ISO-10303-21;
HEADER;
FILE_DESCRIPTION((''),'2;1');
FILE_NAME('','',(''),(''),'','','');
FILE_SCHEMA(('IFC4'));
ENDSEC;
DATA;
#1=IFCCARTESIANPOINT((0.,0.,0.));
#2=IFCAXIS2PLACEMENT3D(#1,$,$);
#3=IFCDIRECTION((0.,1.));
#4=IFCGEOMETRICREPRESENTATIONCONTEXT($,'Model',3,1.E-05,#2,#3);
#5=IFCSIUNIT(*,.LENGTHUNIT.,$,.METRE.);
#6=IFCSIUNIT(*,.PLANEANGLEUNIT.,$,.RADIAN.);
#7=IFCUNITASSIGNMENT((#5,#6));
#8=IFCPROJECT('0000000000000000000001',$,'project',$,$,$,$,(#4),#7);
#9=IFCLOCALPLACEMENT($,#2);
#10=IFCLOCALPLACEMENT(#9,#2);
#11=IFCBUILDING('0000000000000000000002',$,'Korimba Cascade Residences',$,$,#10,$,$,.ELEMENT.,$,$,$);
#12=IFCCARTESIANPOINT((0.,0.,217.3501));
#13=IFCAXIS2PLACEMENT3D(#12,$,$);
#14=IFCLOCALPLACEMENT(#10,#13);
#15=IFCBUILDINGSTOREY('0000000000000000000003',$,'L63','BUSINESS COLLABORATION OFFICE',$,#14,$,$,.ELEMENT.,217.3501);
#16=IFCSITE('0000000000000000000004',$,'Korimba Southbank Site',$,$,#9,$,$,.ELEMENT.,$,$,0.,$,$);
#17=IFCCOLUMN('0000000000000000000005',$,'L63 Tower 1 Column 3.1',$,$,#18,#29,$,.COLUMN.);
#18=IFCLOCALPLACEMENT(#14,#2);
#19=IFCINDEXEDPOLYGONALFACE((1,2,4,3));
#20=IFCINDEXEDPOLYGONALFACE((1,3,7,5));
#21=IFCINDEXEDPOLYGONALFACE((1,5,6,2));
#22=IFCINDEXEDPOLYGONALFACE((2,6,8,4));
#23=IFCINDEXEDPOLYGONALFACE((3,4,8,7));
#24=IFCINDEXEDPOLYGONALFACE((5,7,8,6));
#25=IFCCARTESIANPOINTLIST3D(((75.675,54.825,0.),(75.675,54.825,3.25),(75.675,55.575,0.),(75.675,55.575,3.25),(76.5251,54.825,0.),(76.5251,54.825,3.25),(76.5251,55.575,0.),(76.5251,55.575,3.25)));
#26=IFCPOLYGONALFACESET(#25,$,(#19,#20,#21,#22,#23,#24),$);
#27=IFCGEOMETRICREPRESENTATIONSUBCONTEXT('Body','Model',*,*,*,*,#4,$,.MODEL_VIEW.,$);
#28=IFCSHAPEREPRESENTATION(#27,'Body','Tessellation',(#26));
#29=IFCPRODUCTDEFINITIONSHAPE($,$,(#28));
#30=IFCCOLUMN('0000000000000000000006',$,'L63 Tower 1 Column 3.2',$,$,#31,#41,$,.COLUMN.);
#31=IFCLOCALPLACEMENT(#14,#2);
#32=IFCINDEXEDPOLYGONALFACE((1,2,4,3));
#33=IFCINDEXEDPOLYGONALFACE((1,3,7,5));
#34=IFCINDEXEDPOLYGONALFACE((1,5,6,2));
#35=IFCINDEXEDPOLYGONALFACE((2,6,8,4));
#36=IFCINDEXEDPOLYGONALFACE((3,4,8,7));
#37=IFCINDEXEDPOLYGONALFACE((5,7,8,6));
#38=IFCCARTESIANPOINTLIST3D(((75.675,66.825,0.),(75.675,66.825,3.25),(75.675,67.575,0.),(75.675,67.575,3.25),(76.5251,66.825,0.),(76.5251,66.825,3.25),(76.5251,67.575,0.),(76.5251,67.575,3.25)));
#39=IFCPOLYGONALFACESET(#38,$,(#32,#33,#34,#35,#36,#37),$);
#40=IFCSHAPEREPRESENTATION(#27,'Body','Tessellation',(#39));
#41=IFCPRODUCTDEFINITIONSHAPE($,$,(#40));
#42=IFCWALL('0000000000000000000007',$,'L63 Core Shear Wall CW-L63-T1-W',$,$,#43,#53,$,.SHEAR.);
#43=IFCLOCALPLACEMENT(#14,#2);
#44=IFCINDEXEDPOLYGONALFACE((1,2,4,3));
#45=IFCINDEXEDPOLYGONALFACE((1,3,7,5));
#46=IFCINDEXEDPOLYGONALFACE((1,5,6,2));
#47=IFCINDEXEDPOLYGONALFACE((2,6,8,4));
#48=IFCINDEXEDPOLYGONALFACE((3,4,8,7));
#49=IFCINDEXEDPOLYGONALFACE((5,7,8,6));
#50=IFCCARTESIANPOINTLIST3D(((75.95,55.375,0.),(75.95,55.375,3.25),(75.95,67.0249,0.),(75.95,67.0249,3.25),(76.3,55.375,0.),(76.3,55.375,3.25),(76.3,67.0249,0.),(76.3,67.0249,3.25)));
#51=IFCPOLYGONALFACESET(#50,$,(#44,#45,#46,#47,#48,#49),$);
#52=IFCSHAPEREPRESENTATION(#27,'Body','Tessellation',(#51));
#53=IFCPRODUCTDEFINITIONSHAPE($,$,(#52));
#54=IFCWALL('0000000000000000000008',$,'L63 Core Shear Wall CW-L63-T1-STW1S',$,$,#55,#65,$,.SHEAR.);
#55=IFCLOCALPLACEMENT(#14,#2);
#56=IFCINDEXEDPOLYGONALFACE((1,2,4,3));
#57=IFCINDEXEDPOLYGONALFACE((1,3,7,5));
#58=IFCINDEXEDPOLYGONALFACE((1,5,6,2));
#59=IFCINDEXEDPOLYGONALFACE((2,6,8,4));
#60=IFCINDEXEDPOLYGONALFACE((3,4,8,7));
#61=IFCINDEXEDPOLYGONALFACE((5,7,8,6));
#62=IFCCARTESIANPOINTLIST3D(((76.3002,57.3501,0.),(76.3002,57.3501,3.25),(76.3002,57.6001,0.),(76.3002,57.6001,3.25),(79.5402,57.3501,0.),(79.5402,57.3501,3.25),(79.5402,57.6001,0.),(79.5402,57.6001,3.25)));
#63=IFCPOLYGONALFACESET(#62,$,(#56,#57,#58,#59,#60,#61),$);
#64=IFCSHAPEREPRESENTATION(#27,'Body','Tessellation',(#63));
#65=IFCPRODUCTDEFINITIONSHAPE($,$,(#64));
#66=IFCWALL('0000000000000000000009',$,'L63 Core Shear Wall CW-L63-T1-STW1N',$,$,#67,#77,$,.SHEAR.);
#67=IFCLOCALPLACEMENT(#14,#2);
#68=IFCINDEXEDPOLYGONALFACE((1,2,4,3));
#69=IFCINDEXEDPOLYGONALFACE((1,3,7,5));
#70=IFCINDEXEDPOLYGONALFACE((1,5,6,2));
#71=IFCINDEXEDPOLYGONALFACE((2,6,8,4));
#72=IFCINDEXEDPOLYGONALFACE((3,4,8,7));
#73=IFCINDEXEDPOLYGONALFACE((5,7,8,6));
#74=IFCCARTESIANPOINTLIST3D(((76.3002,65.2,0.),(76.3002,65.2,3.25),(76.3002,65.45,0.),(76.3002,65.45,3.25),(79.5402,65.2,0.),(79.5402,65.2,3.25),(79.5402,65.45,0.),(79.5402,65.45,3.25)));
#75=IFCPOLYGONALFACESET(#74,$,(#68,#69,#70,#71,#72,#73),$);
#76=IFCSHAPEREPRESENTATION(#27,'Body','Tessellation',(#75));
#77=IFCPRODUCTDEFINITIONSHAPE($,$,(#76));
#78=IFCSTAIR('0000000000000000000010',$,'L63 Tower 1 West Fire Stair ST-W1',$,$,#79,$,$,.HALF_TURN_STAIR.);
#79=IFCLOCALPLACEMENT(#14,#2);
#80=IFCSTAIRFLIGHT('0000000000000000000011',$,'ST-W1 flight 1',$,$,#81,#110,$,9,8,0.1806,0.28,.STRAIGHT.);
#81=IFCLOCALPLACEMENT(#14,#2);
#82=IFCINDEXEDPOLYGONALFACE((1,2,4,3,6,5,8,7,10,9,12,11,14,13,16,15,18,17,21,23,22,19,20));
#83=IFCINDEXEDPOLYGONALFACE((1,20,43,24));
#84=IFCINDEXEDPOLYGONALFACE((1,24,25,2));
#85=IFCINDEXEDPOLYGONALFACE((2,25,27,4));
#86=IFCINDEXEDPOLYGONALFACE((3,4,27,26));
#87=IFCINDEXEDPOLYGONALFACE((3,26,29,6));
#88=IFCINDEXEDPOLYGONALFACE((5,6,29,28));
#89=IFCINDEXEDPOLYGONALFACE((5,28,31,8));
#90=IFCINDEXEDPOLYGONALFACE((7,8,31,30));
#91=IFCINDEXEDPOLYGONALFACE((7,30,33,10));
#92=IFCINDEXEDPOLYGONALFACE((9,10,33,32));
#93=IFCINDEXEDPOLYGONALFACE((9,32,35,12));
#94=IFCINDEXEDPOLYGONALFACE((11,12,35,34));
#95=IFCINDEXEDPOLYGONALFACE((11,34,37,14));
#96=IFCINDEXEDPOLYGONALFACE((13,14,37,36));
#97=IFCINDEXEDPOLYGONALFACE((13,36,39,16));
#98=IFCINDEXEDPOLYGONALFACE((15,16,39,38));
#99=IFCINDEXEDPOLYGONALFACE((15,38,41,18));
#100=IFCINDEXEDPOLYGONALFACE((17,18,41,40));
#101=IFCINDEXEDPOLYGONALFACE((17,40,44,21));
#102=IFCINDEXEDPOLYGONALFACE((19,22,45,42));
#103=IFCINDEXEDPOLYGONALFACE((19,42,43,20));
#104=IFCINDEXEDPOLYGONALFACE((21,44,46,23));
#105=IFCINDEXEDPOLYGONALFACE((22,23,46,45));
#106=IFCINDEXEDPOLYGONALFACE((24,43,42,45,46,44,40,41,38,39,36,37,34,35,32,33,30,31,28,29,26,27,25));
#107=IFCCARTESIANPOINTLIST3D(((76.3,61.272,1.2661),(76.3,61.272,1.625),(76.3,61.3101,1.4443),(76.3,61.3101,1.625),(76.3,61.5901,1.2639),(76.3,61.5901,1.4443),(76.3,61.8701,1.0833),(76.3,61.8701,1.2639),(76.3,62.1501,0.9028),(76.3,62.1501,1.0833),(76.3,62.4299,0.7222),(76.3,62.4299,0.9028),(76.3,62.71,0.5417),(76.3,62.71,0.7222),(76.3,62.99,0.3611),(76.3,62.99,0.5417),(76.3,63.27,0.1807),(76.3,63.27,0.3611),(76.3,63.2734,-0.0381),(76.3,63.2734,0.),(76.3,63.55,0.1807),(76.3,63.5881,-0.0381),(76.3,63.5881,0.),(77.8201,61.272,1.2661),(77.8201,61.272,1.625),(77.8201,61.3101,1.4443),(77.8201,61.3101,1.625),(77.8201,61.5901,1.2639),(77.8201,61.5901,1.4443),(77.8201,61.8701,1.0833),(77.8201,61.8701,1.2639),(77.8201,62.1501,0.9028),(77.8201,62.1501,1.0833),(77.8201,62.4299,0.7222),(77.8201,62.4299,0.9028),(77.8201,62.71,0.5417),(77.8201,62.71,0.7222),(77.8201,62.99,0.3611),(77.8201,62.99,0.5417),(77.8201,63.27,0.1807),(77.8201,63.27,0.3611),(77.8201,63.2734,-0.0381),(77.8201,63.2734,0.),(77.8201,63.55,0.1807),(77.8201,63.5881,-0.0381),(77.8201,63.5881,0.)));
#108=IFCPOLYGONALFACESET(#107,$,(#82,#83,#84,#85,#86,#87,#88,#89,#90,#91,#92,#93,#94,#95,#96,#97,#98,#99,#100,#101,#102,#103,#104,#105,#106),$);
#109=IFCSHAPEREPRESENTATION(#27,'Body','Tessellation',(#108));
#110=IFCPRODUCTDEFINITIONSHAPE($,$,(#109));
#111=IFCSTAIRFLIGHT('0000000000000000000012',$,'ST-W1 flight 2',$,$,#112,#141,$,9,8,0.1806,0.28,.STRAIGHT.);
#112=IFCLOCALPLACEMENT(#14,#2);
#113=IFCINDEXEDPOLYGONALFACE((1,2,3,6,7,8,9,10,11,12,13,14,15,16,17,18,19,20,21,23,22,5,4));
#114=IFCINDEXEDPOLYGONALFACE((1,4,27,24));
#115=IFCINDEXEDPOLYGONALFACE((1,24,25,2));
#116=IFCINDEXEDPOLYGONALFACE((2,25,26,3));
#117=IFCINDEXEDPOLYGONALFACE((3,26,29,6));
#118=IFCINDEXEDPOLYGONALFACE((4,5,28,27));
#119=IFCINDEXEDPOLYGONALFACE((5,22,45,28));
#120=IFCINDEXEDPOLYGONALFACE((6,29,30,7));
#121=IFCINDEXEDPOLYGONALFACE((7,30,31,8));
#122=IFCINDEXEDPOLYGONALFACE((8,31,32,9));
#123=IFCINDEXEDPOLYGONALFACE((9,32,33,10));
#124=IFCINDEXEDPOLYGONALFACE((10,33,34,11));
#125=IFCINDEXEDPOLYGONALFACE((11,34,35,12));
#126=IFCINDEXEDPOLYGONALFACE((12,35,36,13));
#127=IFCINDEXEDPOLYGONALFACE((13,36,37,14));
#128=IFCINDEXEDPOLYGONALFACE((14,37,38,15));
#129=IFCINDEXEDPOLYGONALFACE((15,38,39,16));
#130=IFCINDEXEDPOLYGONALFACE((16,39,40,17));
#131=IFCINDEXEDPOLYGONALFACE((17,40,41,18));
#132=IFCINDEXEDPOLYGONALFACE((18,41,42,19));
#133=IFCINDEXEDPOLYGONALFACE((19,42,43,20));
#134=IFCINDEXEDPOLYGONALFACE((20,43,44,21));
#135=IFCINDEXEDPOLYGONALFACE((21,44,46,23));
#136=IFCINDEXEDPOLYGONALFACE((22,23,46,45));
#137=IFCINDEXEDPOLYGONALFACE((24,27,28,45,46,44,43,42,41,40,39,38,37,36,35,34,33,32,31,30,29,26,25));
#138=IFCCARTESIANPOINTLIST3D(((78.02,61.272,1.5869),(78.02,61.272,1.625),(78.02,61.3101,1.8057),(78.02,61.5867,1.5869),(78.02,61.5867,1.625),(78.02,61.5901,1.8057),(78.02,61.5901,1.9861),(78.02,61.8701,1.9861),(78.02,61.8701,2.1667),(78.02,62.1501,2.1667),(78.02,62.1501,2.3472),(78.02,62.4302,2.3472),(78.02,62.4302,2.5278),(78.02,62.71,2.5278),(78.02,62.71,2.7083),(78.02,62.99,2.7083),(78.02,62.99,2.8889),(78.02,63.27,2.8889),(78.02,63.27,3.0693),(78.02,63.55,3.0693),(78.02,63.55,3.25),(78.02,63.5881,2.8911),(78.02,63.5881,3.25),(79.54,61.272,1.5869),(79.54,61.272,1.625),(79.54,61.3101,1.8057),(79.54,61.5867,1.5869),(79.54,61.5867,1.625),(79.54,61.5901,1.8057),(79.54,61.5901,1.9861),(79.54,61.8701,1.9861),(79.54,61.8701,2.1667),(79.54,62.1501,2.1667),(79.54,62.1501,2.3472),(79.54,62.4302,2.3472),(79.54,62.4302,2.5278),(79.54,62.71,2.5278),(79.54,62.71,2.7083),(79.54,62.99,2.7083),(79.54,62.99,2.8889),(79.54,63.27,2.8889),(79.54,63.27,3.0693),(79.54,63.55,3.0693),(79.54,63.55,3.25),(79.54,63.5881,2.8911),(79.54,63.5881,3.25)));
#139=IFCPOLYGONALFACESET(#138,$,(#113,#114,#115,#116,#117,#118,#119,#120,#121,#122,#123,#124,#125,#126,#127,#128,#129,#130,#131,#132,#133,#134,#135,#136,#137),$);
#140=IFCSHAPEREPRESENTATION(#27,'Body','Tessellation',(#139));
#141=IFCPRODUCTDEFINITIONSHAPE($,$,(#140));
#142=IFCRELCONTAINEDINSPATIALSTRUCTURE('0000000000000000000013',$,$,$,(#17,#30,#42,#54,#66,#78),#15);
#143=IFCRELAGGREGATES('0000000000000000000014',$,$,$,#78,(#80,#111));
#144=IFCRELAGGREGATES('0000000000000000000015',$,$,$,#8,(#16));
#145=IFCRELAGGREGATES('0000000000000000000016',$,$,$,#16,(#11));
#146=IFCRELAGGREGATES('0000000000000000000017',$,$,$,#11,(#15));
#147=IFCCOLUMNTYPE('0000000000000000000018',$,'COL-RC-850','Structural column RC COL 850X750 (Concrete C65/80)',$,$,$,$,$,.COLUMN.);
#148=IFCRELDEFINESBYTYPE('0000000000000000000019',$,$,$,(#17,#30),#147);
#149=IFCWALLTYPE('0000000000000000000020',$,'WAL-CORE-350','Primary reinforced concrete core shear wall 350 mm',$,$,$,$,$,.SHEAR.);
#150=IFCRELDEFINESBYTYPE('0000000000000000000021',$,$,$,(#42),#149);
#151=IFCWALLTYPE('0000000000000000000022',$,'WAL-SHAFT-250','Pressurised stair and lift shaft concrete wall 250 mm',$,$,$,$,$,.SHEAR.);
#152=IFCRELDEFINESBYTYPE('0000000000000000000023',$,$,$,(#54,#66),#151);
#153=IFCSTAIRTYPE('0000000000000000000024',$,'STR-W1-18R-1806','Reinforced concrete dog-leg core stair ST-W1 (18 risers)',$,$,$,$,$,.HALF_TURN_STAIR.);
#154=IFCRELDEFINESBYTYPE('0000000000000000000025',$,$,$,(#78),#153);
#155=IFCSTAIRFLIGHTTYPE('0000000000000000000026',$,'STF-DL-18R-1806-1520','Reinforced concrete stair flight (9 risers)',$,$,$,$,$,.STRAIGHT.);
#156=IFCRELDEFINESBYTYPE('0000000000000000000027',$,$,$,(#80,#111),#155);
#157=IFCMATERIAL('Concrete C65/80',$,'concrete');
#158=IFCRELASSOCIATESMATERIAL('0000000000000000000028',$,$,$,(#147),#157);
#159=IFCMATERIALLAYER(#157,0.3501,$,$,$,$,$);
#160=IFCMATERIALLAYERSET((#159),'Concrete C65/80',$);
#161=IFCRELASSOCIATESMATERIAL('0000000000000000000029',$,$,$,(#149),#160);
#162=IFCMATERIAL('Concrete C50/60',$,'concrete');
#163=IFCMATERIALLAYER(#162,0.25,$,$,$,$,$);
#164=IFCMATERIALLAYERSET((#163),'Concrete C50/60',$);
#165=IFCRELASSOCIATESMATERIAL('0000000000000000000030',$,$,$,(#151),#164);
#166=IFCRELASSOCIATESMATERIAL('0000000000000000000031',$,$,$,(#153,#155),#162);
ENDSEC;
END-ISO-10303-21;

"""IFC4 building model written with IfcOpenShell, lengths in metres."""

from ifc_helpers import new_model, si_unit, direction, frame, frame_2d, origin, origin_2d, place, context, subcontext, project, spatial, polyline, rectangle, outline, extrude, material, layer, layer_set, material_profile, profile_set, type_object, element, aggregate, save


model = new_model("IFC4")

# Units and contexts
model_context = context("Model", 3, precision=1e-05, world=origin(), true_north=direction((0.0, 1.0)))
body_context = subcontext(model_context, "Body", "Model", "MODEL_VIEW")
ifc_project = project(units=[si_unit("LENGTHUNIT", "METRE"), si_unit("PLANEANGLEUNIT", "RADIAN")], contexts=[model_context])

# Site, building, storey
site_placement = place(None, origin())
site = spatial("IfcSite", under=ifc_project, at=site_placement, Name="Korimba Southbank Site", CompositionType="ELEMENT", RefElevation=0.0)
building_placement = place(site_placement, origin())
building = spatial("IfcBuilding", under=site, at=building_placement, Name="Korimba Cascade Residences", CompositionType="ELEMENT")
storey_placement = place(building_placement, frame((0.0, 0.0, 217.3501)))
storey = spatial("IfcBuildingStorey", under=building, at=storey_placement, Name="L63", Description="BUSINESS COLLABORATION OFFICE", CompositionType="ELEMENT", Elevation=217.3501)

# Columns
ifc_material_1 = material(Name="Concrete C65/80", Category="concrete")
ifc_material_profile = material_profile(ifc_material_1, rectangle(XDim=0.8501, YDim=0.75, at=origin_2d()), Name="Concrete C65/80")
ifc_profile_set = profile_set([ifc_material_profile], Name="Concrete C65/80")
column_type = type_object("IfcColumnType", Name="COL-RC-850", Description="Structural column RC COL 850X750 (Concrete C65/80)", PredefinedType="COLUMN", material=ifc_profile_set)
for number, where, z_axis, x_axis, name in (
    (1, (76.1001, 55.2, 0.0), (0.0, 0.0, 1.0), (1.0, 0.0, 0.0), "L63 Tower 1 Column 3.1"),
    (2, (76.1001, 67.2, 0.0), (0.0, 0.0, 1.0), (1.0, 0.0, 0.0), "L63 Tower 1 Column 3.2"),
):
    element("IfcColumn", number, at=place(storey_placement, frame(where, z_axis=z_axis, x_axis=x_axis)), inside=storey, type_object=column_type, Name=name, PredefinedType="COLUMN", context=body_context, shape_type="SweptSolid", body=[
        extrude(rectangle(XDim=0.8501, YDim=0.75, at=origin_2d()), origin(), (0.0, 0.0, 1.0), 3.25),
    ])

# Walls
ifc_layer_1 = layer(ifc_material_1, 0.3501)
ifc_layer_set_1 = layer_set([ifc_layer_1], Name="Concrete C65/80")
wall_type_1 = type_object("IfcWallType", Name="WAL-CORE-350", Description="Primary reinforced concrete core shear wall 350 mm", PredefinedType="SHEAR", material=ifc_layer_set_1)
wall_placement = place(storey_placement, frame((76.125, 55.375, 0.0), z_axis=(0.0, 0.0, 1.0), x_axis=(0.0, 1.0, 0.0)))
element("IfcWall", 3, at=wall_placement, inside=storey, type_object=wall_type_1, Name="L63 Core Shear Wall CW-L63-T1-W", PredefinedType="SHEAR", context=body_context, shape_type="SweptSolid", body=[
    extrude(rectangle(XDim=11.6499, YDim=0.3501, at=frame_2d((5.825, 0.0))), origin(), (0.0, 0.0, 1.0), 3.25),
])
ifc_material_2 = material(Name="Concrete C50/60", Category="concrete")
ifc_layer_2 = layer(ifc_material_2, 0.25)
ifc_layer_set_2 = layer_set([ifc_layer_2], Name="Concrete C50/60")
wall_type_2 = type_object("IfcWallType", Name="WAL-SHAFT-250", Description="Pressurised stair and lift shaft concrete wall 250 mm", PredefinedType="SHEAR", material=ifc_layer_set_2)
for number, where, z_axis, x_axis, name in (
    (4, (76.3, 57.4751, 0.0), (0.0, 0.0, 1.0), (1.0, 0.0, 0.0), "L63 Core Shear Wall CW-L63-T1-STW1S"),
    (5, (76.3, 65.325, 0.0), (0.0, 0.0, 1.0), (1.0, 0.0, 0.0), "L63 Core Shear Wall CW-L63-T1-STW1N"),
):
    element("IfcWall", number, at=place(storey_placement, frame(where, z_axis=z_axis, x_axis=x_axis)), inside=storey, type_object=wall_type_2, Name=name, PredefinedType="SHEAR", context=body_context, shape_type="SweptSolid", body=[
        extrude(rectangle(XDim=3.24, YDim=0.25, at=frame_2d((1.6201, 0.0))), origin(), (0.0, 0.0, 1.0), 3.25),
    ])

# Stair, stair flights
stair_type = type_object("IfcStairType", Name="STR-W1-18R-1806", Description="Reinforced concrete dog-leg core stair ST-W1 (18 risers)", PredefinedType="HALF_TURN_STAIR", material=ifc_material_2)
stair_placement = place(storey_placement, origin())
stair = element("IfcStair", 6, at=stair_placement, inside=storey, type_object=stair_type, Name="L63 Tower 1 West Fire Stair ST-W1", PredefinedType="HALF_TURN_STAIR")
stair_flight_type = type_object("IfcStairFlightType", Name="STF-DL-18R-1806-1520", Description="Reinforced concrete stair flight (9 risers)", PredefinedType="STRAIGHT", material=ifc_material_2)
stair_flight_1_placement = place(storey_placement, frame((77.0601, 63.55, 0.0), z_axis=(0.0, 0.0, 1.0), x_axis=(0.0, -1.0, 0.0)))
stair_flight_1 = element("IfcStairFlight", 7, at=stair_flight_1_placement, type_object=stair_flight_type, Name="ST-W1 flight 1", NumberOfRisers=9, NumberOfTreads=8, PredefinedType="STRAIGHT", RiserHeight=0.1806, TreadLength=0.28, context=body_context, shape_type="SweptSolid", body=[
    extrude(outline(polyline([(-0.0381, 0.0), (0.0, 0.1807), (0.28, 0.1807), (0.28, 0.3611), (0.5601, 0.3611), (0.5601, 0.5417), (0.8401, 0.5417), (0.8401, 0.7222), (1.1201, 0.7222), (1.1201, 0.9028), (1.3999, 0.9028), (1.3999, 1.0833), (1.6799, 1.0833), (1.6799, 1.2639), (1.96, 1.2639), (1.96, 1.4443), (2.24, 1.4443), (2.24, 1.625), (2.2781, 1.625), (2.2781, 1.2661), (0.2766, 0.0), (0.2766, -0.0381), (-0.0381, -0.0381), (-0.0381, 0.0)])), frame((0.0, 0.76, 0.0), z_axis=(0.0, -1.0, 0.0), x_axis=(1.0, 0.0, 0.0)), (0.0, 0.0, 1.0), 1.52),
])
stair_flight_2_placement = place(storey_placement, frame((78.78, 61.3101, 1.625), z_axis=(0.0, 0.0, 1.0), x_axis=(0.0, 1.0, 0.0)))
stair_flight_2 = element("IfcStairFlight", 8, at=stair_flight_2_placement, type_object=stair_flight_type, Name="ST-W1 flight 2", NumberOfRisers=9, NumberOfTreads=8, PredefinedType="STRAIGHT", RiserHeight=0.1806, TreadLength=0.28, context=body_context, shape_type="SweptSolid", body=[
    extrude(outline(polyline([(-0.0381, 0.0), (0.0, 0.1807), (0.28, 0.1807), (0.28, 0.3611), (0.5601, 0.3611), (0.5601, 0.5417), (0.8401, 0.5417), (0.8401, 0.7222), (1.1201, 0.7222), (1.1201, 0.9028), (1.3999, 0.9028), (1.3999, 1.0833), (1.6799, 1.0833), (1.6799, 1.2639), (1.96, 1.2639), (1.96, 1.4443), (2.24, 1.4443), (2.24, 1.625), (2.2781, 1.625), (2.2781, 1.2661), (0.2766, 0.0), (0.2766, -0.0381), (-0.0381, -0.0381), (-0.0381, 0.0)])), frame((0.0, 0.76, 0.0), z_axis=(0.0, -1.0, 0.0), x_axis=(1.0, 0.0, 0.0)), (0.0, 0.0, 1.0), 1.52),
])
aggregate(stair, [stair_flight_1, stair_flight_2])

save(model, "model.ifc")
